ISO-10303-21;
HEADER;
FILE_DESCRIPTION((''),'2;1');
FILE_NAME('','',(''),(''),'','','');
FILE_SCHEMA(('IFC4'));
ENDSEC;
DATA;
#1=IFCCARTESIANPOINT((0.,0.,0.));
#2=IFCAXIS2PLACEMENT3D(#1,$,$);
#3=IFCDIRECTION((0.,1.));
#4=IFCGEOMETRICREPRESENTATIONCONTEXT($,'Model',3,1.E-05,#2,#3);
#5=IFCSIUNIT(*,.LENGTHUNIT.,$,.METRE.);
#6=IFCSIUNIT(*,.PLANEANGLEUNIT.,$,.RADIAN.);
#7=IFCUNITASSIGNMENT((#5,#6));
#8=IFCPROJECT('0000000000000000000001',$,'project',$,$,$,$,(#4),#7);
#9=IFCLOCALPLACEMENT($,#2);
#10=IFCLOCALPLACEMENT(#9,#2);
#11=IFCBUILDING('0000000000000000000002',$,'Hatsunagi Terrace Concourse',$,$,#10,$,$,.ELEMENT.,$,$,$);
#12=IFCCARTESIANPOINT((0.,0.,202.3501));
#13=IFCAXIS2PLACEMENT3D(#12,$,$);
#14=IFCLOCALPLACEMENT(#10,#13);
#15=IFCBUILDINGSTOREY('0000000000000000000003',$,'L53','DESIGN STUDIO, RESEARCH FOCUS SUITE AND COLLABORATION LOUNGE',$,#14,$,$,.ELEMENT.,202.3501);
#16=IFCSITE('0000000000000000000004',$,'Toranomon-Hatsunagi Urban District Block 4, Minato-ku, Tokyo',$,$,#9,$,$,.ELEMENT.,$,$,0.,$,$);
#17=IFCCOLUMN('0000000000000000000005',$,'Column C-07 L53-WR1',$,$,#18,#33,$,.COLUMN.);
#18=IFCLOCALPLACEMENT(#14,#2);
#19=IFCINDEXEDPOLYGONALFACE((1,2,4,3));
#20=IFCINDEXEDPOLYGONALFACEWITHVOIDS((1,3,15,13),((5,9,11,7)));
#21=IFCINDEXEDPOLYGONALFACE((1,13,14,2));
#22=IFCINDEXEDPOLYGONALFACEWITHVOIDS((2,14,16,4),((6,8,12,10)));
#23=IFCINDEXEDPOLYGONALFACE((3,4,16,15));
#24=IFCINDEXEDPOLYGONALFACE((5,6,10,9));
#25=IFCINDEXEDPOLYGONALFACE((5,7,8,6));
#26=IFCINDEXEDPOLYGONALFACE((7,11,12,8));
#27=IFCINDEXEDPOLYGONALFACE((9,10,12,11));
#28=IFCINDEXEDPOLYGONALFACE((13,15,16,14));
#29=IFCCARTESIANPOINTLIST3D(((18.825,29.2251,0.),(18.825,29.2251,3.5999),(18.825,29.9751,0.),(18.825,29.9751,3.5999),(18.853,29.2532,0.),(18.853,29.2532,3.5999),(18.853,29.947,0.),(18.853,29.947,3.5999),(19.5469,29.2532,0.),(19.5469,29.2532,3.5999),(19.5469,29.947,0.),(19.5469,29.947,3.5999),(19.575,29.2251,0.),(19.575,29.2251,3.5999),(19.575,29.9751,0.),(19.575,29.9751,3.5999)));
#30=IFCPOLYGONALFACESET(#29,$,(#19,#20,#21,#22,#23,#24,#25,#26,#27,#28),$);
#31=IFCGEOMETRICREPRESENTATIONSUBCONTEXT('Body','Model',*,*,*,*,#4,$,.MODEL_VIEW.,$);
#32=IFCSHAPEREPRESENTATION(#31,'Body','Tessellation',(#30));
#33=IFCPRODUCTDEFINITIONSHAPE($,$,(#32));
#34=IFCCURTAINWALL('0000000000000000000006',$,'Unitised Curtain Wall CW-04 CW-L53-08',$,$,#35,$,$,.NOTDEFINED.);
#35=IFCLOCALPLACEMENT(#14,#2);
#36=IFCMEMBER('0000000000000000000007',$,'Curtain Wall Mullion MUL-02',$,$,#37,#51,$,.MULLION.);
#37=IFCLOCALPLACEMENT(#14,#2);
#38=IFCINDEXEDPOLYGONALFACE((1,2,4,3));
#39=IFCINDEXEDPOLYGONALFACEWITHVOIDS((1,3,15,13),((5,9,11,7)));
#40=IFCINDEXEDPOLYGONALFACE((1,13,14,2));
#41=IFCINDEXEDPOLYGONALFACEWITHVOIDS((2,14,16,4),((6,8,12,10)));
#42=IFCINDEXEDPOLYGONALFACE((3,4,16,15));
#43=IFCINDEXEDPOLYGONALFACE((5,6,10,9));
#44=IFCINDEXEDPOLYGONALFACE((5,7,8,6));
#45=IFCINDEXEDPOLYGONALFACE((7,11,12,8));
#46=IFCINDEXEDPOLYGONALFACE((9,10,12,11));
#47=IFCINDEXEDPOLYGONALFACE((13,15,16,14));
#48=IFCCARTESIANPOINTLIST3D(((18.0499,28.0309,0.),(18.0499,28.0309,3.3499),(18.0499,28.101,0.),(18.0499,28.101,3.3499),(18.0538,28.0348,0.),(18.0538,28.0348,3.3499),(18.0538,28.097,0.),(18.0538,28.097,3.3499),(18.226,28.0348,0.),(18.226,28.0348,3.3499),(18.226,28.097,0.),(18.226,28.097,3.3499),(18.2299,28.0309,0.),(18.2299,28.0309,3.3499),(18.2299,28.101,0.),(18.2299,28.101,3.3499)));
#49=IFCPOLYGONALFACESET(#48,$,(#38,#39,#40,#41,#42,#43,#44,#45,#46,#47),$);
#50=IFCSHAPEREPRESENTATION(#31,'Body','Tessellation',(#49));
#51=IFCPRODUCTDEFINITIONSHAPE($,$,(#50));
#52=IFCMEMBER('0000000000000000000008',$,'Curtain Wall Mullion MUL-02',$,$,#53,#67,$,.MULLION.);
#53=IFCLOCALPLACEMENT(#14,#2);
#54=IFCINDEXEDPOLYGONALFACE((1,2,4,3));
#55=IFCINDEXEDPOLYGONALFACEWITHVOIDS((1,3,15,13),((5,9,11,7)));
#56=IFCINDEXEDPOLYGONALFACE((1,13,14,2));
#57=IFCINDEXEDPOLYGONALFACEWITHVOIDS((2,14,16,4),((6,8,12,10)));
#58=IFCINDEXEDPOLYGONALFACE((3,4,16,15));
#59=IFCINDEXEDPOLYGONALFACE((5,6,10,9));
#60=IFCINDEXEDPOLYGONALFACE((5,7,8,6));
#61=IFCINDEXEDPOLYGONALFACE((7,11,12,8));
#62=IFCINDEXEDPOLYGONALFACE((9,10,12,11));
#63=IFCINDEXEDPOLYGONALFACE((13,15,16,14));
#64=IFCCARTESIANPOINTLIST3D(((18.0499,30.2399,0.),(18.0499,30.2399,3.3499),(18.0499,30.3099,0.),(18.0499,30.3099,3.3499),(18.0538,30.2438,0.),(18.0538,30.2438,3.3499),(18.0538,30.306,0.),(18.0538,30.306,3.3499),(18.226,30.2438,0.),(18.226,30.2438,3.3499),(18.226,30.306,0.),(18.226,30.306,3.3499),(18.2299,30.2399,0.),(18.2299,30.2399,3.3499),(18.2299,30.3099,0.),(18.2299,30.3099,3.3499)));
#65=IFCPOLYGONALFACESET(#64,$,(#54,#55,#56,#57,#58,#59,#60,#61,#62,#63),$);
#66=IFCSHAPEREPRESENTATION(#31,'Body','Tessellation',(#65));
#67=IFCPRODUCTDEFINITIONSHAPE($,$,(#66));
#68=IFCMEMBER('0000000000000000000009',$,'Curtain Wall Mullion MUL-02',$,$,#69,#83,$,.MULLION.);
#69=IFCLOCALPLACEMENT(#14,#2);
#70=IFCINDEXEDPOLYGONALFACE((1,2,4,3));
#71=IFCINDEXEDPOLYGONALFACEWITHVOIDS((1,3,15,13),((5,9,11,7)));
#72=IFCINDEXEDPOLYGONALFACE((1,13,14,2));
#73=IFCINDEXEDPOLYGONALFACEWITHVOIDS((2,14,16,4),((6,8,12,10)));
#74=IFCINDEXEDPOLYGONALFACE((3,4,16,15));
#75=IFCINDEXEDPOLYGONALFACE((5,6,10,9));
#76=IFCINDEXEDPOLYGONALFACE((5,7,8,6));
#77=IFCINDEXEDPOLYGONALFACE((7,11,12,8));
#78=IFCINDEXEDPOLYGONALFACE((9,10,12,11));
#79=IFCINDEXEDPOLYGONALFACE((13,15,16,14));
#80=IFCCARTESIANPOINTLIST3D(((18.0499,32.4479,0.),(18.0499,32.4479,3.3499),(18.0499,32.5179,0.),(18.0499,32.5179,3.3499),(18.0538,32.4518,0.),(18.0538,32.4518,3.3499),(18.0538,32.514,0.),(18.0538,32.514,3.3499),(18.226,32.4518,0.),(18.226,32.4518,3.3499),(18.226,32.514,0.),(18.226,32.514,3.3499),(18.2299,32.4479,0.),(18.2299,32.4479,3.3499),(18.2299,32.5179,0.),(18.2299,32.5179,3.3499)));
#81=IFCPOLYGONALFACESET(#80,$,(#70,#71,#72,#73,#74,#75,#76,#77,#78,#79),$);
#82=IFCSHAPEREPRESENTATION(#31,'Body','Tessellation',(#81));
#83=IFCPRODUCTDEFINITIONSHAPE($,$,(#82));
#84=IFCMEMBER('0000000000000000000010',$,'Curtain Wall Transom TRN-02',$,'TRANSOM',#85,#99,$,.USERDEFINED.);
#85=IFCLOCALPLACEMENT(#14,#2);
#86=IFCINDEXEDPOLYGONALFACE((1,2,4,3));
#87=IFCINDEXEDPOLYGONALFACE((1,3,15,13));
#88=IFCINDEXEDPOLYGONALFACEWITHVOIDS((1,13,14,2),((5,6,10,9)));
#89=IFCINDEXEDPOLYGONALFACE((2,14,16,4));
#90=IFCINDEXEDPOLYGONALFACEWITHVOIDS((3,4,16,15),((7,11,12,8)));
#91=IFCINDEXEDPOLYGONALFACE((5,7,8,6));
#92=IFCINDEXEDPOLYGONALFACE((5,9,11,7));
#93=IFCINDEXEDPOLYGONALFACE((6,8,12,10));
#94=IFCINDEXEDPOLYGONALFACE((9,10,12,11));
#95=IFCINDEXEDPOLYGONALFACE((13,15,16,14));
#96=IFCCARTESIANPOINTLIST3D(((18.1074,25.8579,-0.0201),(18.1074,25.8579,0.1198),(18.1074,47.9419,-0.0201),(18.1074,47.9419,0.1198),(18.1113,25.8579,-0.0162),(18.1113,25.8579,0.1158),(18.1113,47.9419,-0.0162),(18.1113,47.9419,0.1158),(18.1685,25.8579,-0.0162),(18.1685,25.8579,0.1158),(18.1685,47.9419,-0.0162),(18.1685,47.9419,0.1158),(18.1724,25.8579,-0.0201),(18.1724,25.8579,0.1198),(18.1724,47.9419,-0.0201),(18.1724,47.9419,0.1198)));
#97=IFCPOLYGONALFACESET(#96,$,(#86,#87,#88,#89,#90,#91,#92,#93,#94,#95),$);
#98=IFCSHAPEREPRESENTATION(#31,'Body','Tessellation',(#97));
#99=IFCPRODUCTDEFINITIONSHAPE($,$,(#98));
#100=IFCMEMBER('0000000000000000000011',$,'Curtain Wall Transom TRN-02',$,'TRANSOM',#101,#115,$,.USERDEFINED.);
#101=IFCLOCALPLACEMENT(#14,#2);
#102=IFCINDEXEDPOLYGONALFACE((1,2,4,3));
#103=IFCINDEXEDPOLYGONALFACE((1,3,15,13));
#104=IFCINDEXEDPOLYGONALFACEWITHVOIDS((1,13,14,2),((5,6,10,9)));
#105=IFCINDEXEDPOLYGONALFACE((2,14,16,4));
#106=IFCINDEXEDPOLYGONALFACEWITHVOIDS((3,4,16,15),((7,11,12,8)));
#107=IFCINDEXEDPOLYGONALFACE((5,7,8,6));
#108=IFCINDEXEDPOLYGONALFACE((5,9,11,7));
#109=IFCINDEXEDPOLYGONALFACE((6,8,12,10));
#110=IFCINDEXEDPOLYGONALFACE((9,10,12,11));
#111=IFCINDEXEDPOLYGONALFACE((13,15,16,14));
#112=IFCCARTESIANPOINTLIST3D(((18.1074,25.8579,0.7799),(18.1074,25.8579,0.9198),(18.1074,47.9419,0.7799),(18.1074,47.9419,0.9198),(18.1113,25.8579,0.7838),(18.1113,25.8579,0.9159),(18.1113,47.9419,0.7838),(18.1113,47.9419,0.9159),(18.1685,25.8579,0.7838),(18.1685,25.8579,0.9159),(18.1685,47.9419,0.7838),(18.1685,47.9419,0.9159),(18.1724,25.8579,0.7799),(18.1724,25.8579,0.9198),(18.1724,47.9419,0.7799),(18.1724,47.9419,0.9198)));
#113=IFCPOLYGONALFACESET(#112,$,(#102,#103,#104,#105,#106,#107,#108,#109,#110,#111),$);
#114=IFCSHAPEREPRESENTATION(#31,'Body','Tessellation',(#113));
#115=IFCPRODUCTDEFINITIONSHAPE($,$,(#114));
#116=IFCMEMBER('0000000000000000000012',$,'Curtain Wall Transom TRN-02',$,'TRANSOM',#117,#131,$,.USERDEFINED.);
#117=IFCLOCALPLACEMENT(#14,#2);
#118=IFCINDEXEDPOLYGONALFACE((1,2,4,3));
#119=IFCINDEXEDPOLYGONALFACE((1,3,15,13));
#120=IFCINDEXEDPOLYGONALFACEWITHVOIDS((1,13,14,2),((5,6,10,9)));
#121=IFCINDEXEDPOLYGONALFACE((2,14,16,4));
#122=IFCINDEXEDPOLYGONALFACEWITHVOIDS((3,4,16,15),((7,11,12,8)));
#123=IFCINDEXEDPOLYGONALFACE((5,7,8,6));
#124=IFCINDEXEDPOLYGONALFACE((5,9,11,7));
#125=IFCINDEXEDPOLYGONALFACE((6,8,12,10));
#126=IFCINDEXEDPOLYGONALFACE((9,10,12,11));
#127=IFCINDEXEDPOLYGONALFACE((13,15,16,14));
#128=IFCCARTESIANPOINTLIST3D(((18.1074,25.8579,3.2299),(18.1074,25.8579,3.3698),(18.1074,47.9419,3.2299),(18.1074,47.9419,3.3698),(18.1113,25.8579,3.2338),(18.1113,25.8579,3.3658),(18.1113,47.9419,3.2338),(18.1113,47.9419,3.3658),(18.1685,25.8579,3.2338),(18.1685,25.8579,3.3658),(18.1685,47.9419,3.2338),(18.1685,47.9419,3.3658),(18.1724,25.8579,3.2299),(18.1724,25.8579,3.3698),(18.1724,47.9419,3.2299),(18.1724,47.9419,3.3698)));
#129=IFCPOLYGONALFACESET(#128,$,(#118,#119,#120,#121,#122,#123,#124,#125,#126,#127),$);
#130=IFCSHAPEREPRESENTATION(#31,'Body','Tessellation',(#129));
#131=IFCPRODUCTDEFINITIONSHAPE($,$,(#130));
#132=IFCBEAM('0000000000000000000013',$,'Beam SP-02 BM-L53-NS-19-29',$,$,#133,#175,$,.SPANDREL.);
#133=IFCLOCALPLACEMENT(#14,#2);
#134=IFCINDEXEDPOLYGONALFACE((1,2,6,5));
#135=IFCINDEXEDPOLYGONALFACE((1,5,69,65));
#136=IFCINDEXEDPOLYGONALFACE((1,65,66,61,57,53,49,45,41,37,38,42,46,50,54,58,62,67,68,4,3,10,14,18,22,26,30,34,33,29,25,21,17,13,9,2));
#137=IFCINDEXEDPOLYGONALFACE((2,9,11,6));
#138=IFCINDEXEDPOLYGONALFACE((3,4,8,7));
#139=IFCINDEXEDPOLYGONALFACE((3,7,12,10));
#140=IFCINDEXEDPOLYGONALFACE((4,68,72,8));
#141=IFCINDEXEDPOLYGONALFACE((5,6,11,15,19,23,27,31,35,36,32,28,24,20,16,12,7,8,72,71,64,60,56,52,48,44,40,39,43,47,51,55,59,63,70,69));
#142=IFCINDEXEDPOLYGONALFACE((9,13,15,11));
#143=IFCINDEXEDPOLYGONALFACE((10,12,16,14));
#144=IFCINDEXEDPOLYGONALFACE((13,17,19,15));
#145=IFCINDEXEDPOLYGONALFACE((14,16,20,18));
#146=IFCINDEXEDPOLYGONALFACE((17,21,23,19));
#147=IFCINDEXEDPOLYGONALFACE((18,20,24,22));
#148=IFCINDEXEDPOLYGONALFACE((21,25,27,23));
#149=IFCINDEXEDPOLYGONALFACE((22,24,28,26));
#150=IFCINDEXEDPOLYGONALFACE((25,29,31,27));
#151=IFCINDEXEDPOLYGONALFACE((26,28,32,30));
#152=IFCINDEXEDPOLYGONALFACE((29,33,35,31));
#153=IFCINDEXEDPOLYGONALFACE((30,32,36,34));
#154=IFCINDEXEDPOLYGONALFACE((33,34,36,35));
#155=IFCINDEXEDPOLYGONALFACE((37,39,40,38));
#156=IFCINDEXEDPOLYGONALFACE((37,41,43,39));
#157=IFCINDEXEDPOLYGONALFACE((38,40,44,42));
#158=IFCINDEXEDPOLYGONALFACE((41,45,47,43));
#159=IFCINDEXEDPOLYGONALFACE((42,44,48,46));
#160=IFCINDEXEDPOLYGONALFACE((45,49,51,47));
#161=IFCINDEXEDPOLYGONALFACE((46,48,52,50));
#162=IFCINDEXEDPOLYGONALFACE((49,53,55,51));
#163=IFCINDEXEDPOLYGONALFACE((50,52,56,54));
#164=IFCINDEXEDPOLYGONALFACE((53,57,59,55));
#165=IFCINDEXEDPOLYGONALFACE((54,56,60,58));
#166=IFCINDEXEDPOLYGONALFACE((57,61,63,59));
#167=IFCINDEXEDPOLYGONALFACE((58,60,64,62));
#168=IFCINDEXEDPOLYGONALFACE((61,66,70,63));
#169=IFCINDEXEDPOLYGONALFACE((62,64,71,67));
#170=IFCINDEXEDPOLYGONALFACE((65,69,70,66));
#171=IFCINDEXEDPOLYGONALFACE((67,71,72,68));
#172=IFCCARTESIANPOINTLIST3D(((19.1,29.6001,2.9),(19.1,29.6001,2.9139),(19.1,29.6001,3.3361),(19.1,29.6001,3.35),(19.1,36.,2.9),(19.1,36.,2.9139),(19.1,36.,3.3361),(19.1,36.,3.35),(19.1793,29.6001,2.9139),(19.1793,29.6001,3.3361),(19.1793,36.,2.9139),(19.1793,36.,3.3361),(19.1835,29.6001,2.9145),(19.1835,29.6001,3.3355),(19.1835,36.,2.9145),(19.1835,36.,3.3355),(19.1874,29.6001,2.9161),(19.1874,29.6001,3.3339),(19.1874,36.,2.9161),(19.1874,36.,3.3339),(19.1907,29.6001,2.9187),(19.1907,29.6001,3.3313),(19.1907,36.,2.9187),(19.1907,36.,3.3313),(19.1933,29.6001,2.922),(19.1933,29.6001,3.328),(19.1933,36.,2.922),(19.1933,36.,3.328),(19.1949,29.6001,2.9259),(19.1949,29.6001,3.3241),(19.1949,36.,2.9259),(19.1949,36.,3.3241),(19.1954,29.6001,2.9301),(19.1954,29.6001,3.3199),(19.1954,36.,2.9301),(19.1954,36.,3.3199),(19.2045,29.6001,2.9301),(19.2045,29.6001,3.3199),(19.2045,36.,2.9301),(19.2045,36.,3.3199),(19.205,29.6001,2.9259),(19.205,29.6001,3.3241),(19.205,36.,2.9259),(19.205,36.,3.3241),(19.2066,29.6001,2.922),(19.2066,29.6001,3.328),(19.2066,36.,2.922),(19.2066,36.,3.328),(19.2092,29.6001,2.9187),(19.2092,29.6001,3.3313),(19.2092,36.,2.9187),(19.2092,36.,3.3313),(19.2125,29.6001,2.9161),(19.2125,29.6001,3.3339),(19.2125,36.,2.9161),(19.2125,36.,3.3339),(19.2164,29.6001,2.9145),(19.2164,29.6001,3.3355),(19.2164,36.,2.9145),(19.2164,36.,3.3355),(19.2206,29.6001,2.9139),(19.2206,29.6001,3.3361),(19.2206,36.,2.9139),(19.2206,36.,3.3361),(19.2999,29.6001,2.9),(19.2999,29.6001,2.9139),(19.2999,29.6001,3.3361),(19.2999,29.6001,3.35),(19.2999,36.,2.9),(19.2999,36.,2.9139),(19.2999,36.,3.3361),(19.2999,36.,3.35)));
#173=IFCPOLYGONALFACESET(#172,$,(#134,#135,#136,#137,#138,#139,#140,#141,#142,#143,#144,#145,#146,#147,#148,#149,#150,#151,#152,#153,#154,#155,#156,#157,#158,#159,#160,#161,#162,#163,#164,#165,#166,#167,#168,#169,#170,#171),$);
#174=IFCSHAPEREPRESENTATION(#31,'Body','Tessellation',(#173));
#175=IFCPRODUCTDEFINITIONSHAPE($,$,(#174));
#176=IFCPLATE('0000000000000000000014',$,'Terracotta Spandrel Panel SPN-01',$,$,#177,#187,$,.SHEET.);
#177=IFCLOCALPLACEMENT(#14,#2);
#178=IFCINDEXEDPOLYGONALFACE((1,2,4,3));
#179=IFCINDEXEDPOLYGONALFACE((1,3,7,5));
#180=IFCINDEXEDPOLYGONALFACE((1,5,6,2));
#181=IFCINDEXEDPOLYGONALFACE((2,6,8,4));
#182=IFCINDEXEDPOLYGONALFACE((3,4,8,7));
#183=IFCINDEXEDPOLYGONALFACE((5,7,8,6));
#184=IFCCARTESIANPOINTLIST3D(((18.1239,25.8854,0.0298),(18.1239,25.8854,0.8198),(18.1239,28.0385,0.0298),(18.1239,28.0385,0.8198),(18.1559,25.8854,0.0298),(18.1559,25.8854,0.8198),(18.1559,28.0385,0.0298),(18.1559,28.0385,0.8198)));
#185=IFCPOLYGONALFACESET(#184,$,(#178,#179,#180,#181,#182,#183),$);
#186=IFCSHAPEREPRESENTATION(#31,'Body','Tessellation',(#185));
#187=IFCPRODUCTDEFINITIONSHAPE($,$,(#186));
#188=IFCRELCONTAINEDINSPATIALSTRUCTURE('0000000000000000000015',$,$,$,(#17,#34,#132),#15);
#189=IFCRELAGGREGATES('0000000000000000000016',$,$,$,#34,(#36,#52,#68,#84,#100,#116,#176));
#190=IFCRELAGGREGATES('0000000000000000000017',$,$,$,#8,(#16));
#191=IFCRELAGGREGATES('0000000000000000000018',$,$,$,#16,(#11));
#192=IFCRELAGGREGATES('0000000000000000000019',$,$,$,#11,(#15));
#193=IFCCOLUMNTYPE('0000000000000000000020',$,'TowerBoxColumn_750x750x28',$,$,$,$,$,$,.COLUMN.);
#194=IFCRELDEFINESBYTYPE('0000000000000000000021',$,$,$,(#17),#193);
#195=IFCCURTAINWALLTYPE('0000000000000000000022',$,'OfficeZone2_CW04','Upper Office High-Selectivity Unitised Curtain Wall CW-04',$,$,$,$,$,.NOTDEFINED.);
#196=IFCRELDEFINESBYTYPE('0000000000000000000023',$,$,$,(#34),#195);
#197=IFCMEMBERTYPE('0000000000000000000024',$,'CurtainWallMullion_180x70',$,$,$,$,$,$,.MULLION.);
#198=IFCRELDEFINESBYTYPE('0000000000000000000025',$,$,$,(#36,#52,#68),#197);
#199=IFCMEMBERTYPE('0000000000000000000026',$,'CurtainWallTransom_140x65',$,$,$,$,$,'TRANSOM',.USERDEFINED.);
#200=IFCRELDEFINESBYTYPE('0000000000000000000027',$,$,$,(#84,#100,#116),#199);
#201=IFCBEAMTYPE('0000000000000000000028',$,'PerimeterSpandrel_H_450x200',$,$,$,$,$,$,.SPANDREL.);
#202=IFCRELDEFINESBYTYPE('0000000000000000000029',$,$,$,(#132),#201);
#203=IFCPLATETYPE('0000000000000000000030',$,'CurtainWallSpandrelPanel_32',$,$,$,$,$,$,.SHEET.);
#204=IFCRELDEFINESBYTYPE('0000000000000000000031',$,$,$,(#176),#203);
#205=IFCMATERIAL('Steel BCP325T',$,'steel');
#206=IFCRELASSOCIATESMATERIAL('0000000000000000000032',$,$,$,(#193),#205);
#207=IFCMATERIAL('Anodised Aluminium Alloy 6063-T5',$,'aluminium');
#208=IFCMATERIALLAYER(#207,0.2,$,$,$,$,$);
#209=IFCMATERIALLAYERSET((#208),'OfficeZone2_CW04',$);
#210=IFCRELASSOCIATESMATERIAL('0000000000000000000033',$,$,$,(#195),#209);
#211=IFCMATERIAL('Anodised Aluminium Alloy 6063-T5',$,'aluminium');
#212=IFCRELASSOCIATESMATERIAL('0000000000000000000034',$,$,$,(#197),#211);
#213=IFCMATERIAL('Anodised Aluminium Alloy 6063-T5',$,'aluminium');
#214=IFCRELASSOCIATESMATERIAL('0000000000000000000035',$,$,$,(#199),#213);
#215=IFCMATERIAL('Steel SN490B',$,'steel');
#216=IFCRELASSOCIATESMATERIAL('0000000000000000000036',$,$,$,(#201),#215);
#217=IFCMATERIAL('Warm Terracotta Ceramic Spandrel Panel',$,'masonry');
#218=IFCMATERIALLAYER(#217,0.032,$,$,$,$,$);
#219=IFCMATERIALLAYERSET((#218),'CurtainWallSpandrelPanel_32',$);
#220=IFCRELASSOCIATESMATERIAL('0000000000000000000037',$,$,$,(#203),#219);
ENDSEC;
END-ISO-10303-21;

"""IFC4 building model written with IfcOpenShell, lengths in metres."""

from ifc_helpers import new_model, si_unit, direction, frame, origin, origin_2d, place, context, subcontext, project, spatial, rectangle, hollow_rectangle, i_section, extrude, material, layer, layer_set, material_profile, profile_set, type_object, element, aggregate, save


model = new_model("IFC4")

# Units and contexts
model_context = context("Model", 3, precision=1e-05, world=origin(), true_north=direction((0.0, 1.0)))
body_context = subcontext(model_context, "Body", "Model", "MODEL_VIEW")
ifc_project = project(units=[si_unit("LENGTHUNIT", "METRE"), si_unit("PLANEANGLEUNIT", "RADIAN")], contexts=[model_context])

# Site, building, storey
site_placement = place(None, origin())
site = spatial("IfcSite", under=ifc_project, at=site_placement, Name="Toranomon-Hatsunagi Urban District Block 4, Minato-ku, Tokyo", CompositionType="ELEMENT", RefElevation=0.0)
building_placement = place(site_placement, origin())
building = spatial("IfcBuilding", under=site, at=building_placement, Name="Hatsunagi Terrace Concourse", CompositionType="ELEMENT")
storey_placement = place(building_placement, frame((0.0, 0.0, 202.3501)))
storey = spatial("IfcBuildingStorey", under=building, at=storey_placement, Name="L53", Description="DESIGN STUDIO, RESEARCH FOCUS SUITE AND COLLABORATION LOUNGE", CompositionType="ELEMENT", Elevation=202.3501)

# Column
ifc_material_1 = material(Name="Steel BCP325T", Category="steel")
ifc_material_profile_1 = material_profile(ifc_material_1, hollow_rectangle(XDim=0.75, YDim=0.75, WallThickness=0.0281, at=origin_2d()), Name="BCP-750x750x28")
ifc_profile_set_1 = profile_set([ifc_material_profile_1], Name="Steel BCP325T")
column_type = type_object("IfcColumnType", Name="TowerBoxColumn_750x750x28", PredefinedType="COLUMN", material=ifc_profile_set_1)
column_placement = place(storey_placement, frame((19.2, 29.6001, 0.0), z_axis=(0.0, 0.0, 1.0), x_axis=(1.0, 0.0, 0.0)))
element("IfcColumn", 1, at=column_placement, inside=storey, type_object=column_type, Name="Column C-07 L53-WR1", PredefinedType="COLUMN", context=body_context, shape_type="SweptSolid", body=[
    extrude(hollow_rectangle(XDim=0.75, YDim=0.75, WallThickness=0.0281, at=origin_2d()), origin(), (0.0, 0.0, 1.0), 3.5999),
])

# Curtain wall, members
ifc_material_2 = material(Name="Anodised Aluminium Alloy 6063-T5", Category="aluminium")
ifc_layer_1 = layer(ifc_material_2, 0.2)
ifc_layer_set_1 = layer_set([ifc_layer_1], Name="OfficeZone2_CW04")
curtain_wall_type = type_object("IfcCurtainWallType", Name="OfficeZone2_CW04", Description="Upper Office High-Selectivity Unitised Curtain Wall CW-04", PredefinedType="NOTDEFINED", material=ifc_layer_set_1)
curtain_wall_placement = place(storey_placement, origin())
curtain_wall = element("IfcCurtainWall", 2, at=curtain_wall_placement, inside=storey, type_object=curtain_wall_type, Name="Unitised Curtain Wall CW-04 CW-L53-08", PredefinedType="NOTDEFINED")
ifc_material_3 = material(Name="Anodised Aluminium Alloy 6063-T5", Category="aluminium")
ifc_material_profile_2 = material_profile(ifc_material_3, hollow_rectangle(XDim=0.0701, YDim=0.1799, WallThickness=0.0039, at=origin_2d()), Name="ALU-MUL-180x70x4")
ifc_profile_set_2 = profile_set([ifc_material_profile_2], Name="Anodised Aluminium Alloy 6063-T5")
member_type_1 = type_object("IfcMemberType", Name="CurtainWallMullion_180x70", PredefinedType="MULLION", material=ifc_profile_set_2)
member_1_placement = place(storey_placement, frame((18.1399, 28.0659, 0.0), z_axis=(0.0, 0.0, 1.0), x_axis=(0.0, 1.0, 0.0)))
member_1 = element("IfcMember", 3, at=member_1_placement, type_object=member_type_1, Name="Curtain Wall Mullion MUL-02", PredefinedType="MULLION", context=body_context, shape_type="SweptSolid", body=[
    extrude(hollow_rectangle(XDim=0.0701, YDim=0.1799, WallThickness=0.0039, at=origin_2d()), origin(), (0.0, 0.0, 1.0), 3.3499),
])
member_2_placement = place(storey_placement, frame((18.1399, 30.2749, 0.0), z_axis=(0.0, 0.0, 1.0), x_axis=(0.0, 1.0, 0.0)))
member_2 = element("IfcMember", 4, at=member_2_placement, type_object=member_type_1, Name="Curtain Wall Mullion MUL-02", PredefinedType="MULLION", context=body_context, shape_type="SweptSolid", body=[
    extrude(hollow_rectangle(XDim=0.0701, YDim=0.1799, WallThickness=0.0039, at=origin_2d()), origin(), (0.0, 0.0, 1.0), 3.3499),
])
member_3_placement = place(storey_placement, frame((18.1399, 32.4829, 0.0), z_axis=(0.0, 0.0, 1.0), x_axis=(0.0, 1.0, 0.0)))
member_3 = element("IfcMember", 5, at=member_3_placement, type_object=member_type_1, Name="Curtain Wall Mullion MUL-02", PredefinedType="MULLION", context=body_context, shape_type="SweptSolid", body=[
    extrude(hollow_rectangle(XDim=0.0701, YDim=0.1799, WallThickness=0.0039, at=origin_2d()), origin(), (0.0, 0.0, 1.0), 3.3499),
])
ifc_material_4 = material(Name="Anodised Aluminium Alloy 6063-T5", Category="aluminium")
ifc_material_profile_3 = material_profile(ifc_material_4, hollow_rectangle(XDim=0.0649, YDim=0.1399, WallThickness=0.0039, at=origin_2d()), Name="ALU-TRN-140x65x4")
ifc_profile_set_3 = profile_set([ifc_material_profile_3], Name="Anodised Aluminium Alloy 6063-T5")
member_type_2 = type_object("IfcMemberType", Name="CurtainWallTransom_140x65", ElementType="TRANSOM", PredefinedType="USERDEFINED", material=ifc_profile_set_3)
member_4_placement = place(storey_placement, frame((18.1399, 25.8579, 0.0498), z_axis=(0.0, 1.0, 0.0), x_axis=(-1.0, 0.0, 0.0)))
member_4 = element("IfcMember", 6, at=member_4_placement, type_object=member_type_2, Name="Curtain Wall Transom TRN-02", ObjectType="TRANSOM", PredefinedType="USERDEFINED", context=body_context, shape_type="SweptSolid", body=[
    extrude(hollow_rectangle(XDim=0.0649, YDim=0.1399, WallThickness=0.0039, at=origin_2d()), origin(), (0.0, 0.0, 1.0), 22.084),
])
member_5_placement = place(storey_placement, frame((18.1399, 25.8579, 0.8499), z_axis=(0.0, 1.0, 0.0), x_axis=(-1.0, 0.0, 0.0)))
member_5 = element("IfcMember", 7, at=member_5_placement, type_object=member_type_2, Name="Curtain Wall Transom TRN-02", ObjectType="TRANSOM", PredefinedType="USERDEFINED", context=body_context, shape_type="SweptSolid", body=[
    extrude(hollow_rectangle(XDim=0.0649, YDim=0.1399, WallThickness=0.0039, at=origin_2d()), origin(), (0.0, 0.0, 1.0), 22.084),
])
member_6_placement = place(storey_placement, frame((18.1399, 25.8579, 3.2998), z_axis=(0.0, 1.0, 0.0), x_axis=(-1.0, 0.0, 0.0)))
member_6 = element("IfcMember", 8, at=member_6_placement, type_object=member_type_2, Name="Curtain Wall Transom TRN-02", ObjectType="TRANSOM", PredefinedType="USERDEFINED", context=body_context, shape_type="SweptSolid", body=[
    extrude(hollow_rectangle(XDim=0.0649, YDim=0.1399, WallThickness=0.0039, at=origin_2d()), origin(), (0.0, 0.0, 1.0), 22.084),
])

# Beam
ifc_material_5 = material(Name="Steel SN490B", Category="steel")
ifc_material_profile_4 = material_profile(ifc_material_5, i_section(OverallWidth=0.2, OverallDepth=0.45, WebThickness=0.009, FlangeThickness=0.0139, FilletRadius=0.0161, at=origin_2d()), Name="H-450x200x9x14")
ifc_profile_set_4 = profile_set([ifc_material_profile_4], Name="Steel SN490B")
beam_type = type_object("IfcBeamType", Name="PerimeterSpandrel_H_450x200", PredefinedType="SPANDREL", material=ifc_profile_set_4)
beam_placement = place(storey_placement, frame((19.2, 29.6001, 3.125), z_axis=(0.0, 1.0, 0.0), x_axis=(-1.0, 0.0, 0.0)))
element("IfcBeam", 9, at=beam_placement, inside=storey, type_object=beam_type, Name="Beam SP-02 BM-L53-NS-19-29", PredefinedType="SPANDREL", context=body_context, shape_type="SweptSolid", body=[
    extrude(i_section(OverallWidth=0.2, OverallDepth=0.45, WebThickness=0.009, FlangeThickness=0.0139, FilletRadius=0.0161, at=origin_2d()), origin(), (0.0, 0.0, 1.0), 6.3999),
])

# Plate
ifc_material_6 = material(Name="Warm Terracotta Ceramic Spandrel Panel", Category="masonry")
ifc_layer_2 = layer(ifc_material_6, 0.032)
ifc_layer_set_2 = layer_set([ifc_layer_2], Name="CurtainWallSpandrelPanel_32")
plate_type_1 = type_object("IfcPlateType", Name="CurtainWallSpandrelPanel_32", PredefinedType="SHEET", material=ifc_layer_set_2)
plate_1_placement = place(storey_placement, frame((18.1399, 26.9619, 0.0298), z_axis=(0.0, 0.0, 1.0), x_axis=(0.0, 1.0, 0.0)))
plate_1 = element("IfcPlate", 10, at=plate_1_placement, type_object=plate_type_1, Name="Terracotta Spandrel Panel SPN-01", PredefinedType="SHEET", context=body_context, shape_type="SweptSolid", body=[
    extrude(rectangle(XDim=2.1531, YDim=0.032, at=origin_2d()), origin(), (0.0, 0.0, 1.0), 0.79),
])
aggregate(curtain_wall, [member_1, member_2, member_3, member_4, member_5, member_6, plate_1])

save(model, "model.ifc")
